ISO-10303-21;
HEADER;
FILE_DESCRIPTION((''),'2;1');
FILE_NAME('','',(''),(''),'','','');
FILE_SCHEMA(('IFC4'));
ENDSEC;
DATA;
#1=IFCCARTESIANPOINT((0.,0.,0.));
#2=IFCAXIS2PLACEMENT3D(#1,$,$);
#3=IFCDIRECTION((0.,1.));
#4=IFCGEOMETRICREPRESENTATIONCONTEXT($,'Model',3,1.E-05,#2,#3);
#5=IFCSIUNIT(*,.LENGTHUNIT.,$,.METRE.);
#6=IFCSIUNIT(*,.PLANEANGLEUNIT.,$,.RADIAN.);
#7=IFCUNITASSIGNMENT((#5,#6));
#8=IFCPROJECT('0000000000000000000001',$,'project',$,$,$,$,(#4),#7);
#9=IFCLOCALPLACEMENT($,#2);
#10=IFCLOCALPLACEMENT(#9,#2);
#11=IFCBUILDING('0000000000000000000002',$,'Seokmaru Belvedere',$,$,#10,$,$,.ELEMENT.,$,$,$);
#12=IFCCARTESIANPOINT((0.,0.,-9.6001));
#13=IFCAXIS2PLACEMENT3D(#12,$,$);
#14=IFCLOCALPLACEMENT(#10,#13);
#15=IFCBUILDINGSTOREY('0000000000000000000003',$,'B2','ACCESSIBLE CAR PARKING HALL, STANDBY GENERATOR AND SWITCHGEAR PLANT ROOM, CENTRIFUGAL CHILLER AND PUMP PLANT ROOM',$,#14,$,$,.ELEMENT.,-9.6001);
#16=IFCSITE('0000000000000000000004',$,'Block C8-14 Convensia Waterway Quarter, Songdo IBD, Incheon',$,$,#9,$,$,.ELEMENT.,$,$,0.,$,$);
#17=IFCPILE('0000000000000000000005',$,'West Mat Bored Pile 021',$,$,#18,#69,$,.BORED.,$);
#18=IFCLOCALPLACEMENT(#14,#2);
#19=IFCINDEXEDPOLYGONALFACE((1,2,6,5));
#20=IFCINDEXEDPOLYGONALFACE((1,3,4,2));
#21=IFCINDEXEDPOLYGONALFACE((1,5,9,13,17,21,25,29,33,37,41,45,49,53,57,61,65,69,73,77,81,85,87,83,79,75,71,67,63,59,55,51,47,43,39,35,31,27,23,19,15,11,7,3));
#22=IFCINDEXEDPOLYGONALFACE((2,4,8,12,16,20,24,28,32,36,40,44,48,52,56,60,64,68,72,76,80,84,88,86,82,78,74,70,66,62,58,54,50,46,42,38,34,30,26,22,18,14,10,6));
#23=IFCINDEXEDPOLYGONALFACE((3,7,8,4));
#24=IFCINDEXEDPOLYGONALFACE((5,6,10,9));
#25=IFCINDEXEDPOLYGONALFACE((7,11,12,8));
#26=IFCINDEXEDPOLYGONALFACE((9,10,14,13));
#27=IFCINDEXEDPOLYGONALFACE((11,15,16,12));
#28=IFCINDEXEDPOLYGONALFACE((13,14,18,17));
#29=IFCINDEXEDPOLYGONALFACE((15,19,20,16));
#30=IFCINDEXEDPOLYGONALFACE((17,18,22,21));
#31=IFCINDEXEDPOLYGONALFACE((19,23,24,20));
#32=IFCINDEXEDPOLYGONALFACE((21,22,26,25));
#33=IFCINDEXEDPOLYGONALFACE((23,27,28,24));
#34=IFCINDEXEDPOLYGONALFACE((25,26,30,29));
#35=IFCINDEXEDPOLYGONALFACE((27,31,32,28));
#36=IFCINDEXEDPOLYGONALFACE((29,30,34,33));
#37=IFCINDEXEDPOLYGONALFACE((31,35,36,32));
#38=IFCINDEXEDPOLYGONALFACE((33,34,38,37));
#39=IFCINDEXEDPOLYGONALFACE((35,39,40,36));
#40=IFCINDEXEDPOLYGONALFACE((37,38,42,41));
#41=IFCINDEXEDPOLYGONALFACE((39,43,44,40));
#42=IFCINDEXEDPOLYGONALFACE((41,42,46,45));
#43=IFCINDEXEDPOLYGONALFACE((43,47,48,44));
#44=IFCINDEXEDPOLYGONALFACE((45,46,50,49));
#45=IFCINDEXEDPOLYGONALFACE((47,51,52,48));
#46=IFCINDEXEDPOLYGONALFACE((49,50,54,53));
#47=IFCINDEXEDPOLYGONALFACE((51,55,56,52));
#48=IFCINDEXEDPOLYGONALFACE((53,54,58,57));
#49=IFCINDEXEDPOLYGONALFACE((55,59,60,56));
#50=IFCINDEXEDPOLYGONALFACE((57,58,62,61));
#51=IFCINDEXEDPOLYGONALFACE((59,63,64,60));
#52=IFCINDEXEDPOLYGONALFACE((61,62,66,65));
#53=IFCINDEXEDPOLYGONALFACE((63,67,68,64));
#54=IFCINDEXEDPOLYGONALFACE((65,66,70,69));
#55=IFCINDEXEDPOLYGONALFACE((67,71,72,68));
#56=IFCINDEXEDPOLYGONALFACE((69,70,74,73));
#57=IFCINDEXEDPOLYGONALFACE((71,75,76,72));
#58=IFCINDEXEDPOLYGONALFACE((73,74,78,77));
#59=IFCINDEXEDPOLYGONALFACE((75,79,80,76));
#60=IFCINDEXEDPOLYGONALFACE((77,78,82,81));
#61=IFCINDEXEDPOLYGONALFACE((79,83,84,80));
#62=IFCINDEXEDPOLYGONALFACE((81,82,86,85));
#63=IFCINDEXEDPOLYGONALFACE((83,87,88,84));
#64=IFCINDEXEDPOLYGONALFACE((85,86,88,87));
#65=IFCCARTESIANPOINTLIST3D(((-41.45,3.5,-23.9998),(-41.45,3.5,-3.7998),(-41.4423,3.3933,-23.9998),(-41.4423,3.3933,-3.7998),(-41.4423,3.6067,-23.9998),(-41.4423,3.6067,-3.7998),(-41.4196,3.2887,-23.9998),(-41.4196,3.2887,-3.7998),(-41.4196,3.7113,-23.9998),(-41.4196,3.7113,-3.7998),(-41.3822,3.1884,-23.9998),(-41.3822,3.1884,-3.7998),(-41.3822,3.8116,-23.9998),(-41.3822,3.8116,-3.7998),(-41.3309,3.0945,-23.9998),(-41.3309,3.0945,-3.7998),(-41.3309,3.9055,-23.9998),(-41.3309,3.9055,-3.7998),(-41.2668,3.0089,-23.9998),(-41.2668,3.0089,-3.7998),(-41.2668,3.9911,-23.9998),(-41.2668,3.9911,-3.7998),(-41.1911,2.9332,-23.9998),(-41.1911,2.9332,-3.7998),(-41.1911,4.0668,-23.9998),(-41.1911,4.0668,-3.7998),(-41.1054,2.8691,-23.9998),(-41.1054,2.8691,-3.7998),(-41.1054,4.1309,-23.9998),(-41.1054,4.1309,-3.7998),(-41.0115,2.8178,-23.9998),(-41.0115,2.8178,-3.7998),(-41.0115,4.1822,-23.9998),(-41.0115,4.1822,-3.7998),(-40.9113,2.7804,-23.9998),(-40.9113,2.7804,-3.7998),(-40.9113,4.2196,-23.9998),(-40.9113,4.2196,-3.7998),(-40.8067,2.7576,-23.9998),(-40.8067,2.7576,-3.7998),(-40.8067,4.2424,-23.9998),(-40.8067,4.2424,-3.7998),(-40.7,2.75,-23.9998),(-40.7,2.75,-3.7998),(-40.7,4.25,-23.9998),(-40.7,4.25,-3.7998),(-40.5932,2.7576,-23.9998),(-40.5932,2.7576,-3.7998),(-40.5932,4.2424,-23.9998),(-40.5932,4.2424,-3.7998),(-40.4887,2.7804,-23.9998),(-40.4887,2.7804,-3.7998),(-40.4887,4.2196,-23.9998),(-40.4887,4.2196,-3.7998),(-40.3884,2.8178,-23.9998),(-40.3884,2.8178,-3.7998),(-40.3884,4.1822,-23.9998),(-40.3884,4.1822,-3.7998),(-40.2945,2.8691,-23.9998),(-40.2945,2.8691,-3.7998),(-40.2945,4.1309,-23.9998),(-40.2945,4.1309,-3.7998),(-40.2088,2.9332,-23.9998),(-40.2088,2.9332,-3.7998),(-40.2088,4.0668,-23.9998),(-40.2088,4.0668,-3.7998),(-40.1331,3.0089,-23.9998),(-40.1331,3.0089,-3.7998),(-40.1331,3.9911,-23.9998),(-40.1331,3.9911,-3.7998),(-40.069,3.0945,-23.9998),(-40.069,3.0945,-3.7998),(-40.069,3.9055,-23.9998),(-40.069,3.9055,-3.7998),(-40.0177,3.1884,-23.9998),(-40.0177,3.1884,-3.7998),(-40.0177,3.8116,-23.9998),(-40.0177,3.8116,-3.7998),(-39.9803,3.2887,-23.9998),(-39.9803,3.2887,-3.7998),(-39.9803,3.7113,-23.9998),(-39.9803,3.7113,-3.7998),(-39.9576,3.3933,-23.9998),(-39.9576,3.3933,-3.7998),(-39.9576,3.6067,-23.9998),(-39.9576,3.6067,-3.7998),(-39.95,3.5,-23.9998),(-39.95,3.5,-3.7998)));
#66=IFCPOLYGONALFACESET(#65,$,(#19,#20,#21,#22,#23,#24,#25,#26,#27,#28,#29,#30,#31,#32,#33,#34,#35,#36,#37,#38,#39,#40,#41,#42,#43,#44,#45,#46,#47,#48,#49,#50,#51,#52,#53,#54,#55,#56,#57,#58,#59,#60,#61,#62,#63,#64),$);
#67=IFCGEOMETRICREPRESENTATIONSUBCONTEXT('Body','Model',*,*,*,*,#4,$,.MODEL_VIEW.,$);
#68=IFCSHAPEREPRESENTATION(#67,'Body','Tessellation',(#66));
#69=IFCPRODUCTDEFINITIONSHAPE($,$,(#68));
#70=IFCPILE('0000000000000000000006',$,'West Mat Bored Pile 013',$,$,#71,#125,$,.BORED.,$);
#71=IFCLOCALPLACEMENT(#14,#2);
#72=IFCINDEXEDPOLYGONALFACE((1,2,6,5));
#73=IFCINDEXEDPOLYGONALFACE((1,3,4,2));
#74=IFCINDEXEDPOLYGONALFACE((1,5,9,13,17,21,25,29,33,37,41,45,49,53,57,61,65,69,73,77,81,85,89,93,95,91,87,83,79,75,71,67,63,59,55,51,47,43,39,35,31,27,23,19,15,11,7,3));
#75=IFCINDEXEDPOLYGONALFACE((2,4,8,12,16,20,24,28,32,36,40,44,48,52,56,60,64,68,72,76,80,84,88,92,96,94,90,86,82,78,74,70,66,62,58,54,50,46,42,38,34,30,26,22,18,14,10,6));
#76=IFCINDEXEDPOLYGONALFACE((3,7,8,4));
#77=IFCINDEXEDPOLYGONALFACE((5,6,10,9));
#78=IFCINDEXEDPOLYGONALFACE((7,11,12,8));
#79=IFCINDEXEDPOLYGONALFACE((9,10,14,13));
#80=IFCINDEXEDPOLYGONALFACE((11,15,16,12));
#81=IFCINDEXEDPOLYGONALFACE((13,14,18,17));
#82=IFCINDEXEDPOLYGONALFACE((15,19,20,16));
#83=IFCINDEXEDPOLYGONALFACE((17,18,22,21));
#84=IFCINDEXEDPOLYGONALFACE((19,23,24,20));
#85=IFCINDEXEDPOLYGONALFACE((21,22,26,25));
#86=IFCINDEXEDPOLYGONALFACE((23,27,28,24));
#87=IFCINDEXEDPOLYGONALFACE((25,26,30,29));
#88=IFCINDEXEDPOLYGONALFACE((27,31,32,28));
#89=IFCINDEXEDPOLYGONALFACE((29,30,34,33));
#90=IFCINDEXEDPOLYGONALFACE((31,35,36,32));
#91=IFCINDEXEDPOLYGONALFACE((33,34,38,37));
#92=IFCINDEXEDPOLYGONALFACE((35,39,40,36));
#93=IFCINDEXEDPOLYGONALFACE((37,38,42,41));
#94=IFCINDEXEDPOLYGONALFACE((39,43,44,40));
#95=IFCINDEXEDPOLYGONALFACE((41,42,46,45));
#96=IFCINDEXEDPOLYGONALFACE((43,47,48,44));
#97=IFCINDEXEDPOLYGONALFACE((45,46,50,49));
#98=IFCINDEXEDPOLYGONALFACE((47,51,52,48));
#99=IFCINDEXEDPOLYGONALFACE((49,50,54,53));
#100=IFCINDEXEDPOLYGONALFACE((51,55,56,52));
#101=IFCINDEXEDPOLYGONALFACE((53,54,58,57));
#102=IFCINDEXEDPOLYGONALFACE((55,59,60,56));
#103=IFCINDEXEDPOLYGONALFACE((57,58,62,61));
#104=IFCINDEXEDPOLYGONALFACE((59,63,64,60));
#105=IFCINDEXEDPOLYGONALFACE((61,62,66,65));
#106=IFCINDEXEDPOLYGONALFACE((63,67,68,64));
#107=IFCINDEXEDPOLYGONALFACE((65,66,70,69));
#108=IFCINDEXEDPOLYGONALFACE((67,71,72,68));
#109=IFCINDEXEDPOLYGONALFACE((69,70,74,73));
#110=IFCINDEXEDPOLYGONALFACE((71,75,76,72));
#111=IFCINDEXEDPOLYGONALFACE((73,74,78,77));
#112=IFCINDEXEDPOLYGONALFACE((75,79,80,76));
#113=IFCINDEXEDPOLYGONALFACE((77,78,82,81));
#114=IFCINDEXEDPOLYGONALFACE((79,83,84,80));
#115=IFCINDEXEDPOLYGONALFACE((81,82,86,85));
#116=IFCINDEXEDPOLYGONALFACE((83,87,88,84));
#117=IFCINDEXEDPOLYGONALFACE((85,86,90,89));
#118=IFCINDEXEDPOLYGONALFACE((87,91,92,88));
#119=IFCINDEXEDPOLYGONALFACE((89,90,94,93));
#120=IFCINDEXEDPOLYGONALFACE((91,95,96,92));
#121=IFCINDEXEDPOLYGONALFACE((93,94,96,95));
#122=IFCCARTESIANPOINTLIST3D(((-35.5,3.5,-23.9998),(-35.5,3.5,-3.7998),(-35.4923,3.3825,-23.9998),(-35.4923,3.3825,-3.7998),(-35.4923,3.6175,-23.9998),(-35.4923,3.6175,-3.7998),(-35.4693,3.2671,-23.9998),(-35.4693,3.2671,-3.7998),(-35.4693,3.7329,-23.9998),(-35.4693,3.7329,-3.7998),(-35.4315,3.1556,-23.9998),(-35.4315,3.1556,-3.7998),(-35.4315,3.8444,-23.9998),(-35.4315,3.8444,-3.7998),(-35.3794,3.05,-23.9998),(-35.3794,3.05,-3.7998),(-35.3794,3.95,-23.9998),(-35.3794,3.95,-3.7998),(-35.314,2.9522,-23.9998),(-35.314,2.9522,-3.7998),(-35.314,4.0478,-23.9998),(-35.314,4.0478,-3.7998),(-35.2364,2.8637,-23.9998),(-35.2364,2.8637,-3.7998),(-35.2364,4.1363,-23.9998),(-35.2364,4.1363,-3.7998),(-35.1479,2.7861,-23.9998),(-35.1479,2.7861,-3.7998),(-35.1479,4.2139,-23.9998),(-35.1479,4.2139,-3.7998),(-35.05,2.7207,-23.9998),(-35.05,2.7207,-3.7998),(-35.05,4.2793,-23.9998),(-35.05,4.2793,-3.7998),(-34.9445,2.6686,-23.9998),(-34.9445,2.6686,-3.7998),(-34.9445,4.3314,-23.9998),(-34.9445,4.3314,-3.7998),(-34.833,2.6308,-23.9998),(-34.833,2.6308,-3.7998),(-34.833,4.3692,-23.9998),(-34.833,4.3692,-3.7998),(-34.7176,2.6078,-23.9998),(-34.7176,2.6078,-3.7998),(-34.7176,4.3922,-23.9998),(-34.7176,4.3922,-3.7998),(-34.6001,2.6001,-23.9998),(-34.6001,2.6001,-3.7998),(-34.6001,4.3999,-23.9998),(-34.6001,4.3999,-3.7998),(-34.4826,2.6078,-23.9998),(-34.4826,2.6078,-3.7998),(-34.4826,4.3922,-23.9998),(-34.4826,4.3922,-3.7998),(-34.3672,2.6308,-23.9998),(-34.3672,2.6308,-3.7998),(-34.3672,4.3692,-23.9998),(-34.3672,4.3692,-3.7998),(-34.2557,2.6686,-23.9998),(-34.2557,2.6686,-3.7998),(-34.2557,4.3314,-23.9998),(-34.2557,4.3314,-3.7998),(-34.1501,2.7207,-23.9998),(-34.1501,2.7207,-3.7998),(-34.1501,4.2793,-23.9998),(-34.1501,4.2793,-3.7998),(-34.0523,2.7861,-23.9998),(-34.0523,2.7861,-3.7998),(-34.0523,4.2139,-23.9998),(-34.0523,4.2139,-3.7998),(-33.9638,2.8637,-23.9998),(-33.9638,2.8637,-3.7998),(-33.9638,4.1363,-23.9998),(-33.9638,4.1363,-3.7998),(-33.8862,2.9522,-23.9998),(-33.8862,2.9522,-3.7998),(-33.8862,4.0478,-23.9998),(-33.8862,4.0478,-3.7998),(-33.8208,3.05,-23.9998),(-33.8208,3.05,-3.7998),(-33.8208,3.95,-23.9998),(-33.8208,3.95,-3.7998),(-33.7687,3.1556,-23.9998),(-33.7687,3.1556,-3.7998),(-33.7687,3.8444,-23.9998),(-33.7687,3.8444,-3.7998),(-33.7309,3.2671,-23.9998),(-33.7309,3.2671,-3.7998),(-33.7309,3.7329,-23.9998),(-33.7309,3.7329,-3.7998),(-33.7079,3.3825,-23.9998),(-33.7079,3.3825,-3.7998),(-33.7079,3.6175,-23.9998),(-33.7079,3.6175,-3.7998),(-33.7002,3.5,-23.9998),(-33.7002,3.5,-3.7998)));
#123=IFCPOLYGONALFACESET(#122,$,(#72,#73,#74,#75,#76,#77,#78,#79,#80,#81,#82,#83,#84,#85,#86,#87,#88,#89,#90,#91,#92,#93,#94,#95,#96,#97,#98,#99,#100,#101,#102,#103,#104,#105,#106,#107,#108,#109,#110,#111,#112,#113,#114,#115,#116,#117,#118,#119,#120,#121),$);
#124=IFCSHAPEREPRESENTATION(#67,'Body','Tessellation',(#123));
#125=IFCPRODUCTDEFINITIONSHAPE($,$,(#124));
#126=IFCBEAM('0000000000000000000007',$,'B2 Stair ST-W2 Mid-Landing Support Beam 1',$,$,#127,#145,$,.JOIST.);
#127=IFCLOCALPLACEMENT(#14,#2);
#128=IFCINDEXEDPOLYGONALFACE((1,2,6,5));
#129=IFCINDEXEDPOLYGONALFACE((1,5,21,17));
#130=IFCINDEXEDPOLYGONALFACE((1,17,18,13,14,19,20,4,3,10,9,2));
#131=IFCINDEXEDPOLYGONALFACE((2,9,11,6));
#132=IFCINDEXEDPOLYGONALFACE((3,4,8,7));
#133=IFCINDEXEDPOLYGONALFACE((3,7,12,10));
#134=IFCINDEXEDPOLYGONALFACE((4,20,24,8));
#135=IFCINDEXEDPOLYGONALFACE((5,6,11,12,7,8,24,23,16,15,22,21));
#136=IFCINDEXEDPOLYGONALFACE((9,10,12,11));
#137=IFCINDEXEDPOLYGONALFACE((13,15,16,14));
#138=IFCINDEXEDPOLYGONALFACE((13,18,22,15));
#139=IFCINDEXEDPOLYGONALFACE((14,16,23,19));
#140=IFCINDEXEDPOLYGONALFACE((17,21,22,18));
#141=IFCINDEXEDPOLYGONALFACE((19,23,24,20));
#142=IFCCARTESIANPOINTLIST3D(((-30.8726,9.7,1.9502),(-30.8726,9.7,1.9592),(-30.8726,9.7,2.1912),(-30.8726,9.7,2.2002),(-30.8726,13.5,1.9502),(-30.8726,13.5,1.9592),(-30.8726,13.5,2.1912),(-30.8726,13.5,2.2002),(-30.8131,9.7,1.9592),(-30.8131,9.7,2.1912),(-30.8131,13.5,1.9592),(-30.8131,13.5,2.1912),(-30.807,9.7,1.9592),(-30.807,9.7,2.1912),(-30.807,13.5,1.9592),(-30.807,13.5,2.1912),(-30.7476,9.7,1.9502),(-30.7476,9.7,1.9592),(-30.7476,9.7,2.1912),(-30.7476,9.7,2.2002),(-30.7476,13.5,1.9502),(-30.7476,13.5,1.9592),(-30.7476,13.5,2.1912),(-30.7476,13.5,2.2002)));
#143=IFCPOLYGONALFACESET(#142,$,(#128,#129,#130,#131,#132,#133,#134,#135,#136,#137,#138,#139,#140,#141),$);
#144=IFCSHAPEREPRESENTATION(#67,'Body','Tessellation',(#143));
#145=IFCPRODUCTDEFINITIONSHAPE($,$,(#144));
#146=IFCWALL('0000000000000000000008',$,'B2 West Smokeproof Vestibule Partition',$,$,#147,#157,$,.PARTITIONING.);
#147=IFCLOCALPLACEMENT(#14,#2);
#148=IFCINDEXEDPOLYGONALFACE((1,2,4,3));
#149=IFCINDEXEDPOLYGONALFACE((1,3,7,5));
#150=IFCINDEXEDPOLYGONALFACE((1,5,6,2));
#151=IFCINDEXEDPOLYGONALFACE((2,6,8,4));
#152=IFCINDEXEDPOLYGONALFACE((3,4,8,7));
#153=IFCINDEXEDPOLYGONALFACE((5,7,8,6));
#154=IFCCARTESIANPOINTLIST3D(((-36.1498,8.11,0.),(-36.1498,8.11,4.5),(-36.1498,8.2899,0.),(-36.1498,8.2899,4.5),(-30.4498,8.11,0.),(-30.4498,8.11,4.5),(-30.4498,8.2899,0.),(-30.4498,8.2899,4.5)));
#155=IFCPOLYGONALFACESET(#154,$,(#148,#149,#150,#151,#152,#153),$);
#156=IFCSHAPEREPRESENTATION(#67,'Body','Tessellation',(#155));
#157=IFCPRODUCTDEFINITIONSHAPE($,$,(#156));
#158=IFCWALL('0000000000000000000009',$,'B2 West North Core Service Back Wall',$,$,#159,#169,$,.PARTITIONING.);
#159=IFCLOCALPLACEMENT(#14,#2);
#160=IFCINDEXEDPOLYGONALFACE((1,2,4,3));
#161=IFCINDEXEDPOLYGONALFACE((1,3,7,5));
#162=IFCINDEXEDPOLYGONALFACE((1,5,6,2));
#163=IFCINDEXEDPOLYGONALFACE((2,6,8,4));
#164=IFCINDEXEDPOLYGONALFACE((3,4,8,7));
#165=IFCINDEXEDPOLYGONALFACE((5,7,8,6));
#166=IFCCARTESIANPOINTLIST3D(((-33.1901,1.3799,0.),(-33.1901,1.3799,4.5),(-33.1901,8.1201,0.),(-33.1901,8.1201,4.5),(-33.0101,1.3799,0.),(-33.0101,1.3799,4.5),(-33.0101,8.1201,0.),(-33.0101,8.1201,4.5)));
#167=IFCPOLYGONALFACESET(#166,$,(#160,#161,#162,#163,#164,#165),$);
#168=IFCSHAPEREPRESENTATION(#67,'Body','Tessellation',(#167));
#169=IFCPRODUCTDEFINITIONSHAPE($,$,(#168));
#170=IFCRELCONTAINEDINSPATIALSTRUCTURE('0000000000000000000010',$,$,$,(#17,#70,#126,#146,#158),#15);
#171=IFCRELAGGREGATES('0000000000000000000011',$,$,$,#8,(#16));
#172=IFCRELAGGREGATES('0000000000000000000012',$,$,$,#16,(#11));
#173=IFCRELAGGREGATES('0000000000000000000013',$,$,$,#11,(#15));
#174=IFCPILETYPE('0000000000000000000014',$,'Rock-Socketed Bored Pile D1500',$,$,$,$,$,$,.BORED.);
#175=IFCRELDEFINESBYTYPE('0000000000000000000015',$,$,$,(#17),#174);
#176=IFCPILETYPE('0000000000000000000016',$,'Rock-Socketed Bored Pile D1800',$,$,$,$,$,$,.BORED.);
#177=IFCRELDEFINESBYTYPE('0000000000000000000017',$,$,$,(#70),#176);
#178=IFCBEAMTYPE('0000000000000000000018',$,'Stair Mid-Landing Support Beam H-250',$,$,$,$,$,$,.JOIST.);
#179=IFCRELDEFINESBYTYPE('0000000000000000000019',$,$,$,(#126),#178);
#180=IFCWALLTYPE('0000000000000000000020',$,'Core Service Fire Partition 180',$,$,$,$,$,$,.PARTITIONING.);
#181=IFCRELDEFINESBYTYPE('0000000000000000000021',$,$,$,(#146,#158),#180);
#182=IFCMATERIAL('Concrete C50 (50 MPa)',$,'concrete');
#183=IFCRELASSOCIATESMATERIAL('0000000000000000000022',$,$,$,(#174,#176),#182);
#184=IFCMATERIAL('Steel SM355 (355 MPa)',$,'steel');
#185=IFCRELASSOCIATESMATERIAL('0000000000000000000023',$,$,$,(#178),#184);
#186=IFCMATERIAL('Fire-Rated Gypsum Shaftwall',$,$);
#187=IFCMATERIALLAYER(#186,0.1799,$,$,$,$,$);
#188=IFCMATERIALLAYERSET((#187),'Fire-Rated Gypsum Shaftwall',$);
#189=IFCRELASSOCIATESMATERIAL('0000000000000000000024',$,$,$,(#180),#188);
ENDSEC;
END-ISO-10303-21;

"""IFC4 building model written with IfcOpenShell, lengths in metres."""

from ifc_helpers import new_model, si_unit, direction, frame, frame_2d, origin, origin_2d, place, context, subcontext, project, spatial, rectangle, circle, i_section, extrude, source, transform, mapped, material, layer, layer_set, material_profile, profile_set, type_object, type_shapes, element, save


model = new_model("IFC4")

# Units and contexts
model_context = context("Model", 3, precision=1e-05, world=origin(), true_north=direction((0.0, 1.0)))
body_context = subcontext(model_context, "Body", "Model", "MODEL_VIEW")
ifc_project = project(units=[si_unit("LENGTHUNIT", "METRE"), si_unit("PLANEANGLEUNIT", "RADIAN")], contexts=[model_context])

# Site, building, storey
site_placement = place(None, origin())
site = spatial("IfcSite", under=ifc_project, at=site_placement, Name="Block C8-14 Convensia Waterway Quarter, Songdo IBD, Incheon", CompositionType="ELEMENT", RefElevation=0.0)
building_placement = place(site_placement, origin())
building = spatial("IfcBuilding", under=site, at=building_placement, Name="Seokmaru Belvedere", CompositionType="ELEMENT")
storey_placement = place(building_placement, frame((0.0, 0.0, -9.6001)))
storey = spatial("IfcBuildingStorey", under=building, at=storey_placement, Name="B2", Description="ACCESSIBLE CAR PARKING HALL, STANDBY GENERATOR AND SWITCHGEAR PLANT ROOM, CENTRIFUGAL CHILLER AND PUMP PLANT ROOM", CompositionType="ELEMENT", Elevation=-9.6001)

# Piles
ifc_material_1 = material(Name="Concrete C50 (50 MPa)", Category="concrete")
ifc_material_profile_1 = material_profile(ifc_material_1, circle(Radius=0.75, at=origin_2d()), Name="PILE-D1500")
ifc_profile_set_1 = profile_set([ifc_material_profile_1], Name="Concrete C50 (50 MPa)")
pile_type_1 = type_object("IfcPileType", Name="Rock-Socketed Bored Pile D1500", PredefinedType="BORED", material=ifc_profile_set_1)
shared_shape_1 = source(origin(), body_context, "Body", "SweptSolid", [
    extrude(circle(Radius=0.75, at=origin_2d()), origin(), (0.0, 0.0, 1.0), 20.2),
])
type_shapes(pile_type_1, [shared_shape_1])
pile_1_placement = place(storey_placement, frame((-40.7, 3.5, -3.7998), z_axis=(0.0, 0.0, -1.0), x_axis=(1.0, 0.0, 0.0)))
element("IfcPile", 1, at=pile_1_placement, inside=storey, type_object=pile_type_1, Name="West Mat Bored Pile 021", PredefinedType="BORED", context=body_context, shape_type="MappedRepresentation", body=[
    mapped(shared_shape_1, transform((0.0, 0.0, 0.0), scale=1.0)),
])
ifc_material_profile_2 = material_profile(ifc_material_1, circle(Radius=0.8999, at=origin_2d()), Name="PILE-D1800")
ifc_profile_set_2 = profile_set([ifc_material_profile_2], Name="Concrete C50 (50 MPa)")
pile_type_2 = type_object("IfcPileType", Name="Rock-Socketed Bored Pile D1800", PredefinedType="BORED", material=ifc_profile_set_2)
shared_shape_2 = source(origin(), body_context, "Body", "SweptSolid", [
    extrude(circle(Radius=0.8999, at=origin_2d()), origin(), (0.0, 0.0, 1.0), 20.2),
])
type_shapes(pile_type_2, [shared_shape_2])
pile_2_placement = place(storey_placement, frame((-34.6001, 3.5, -3.7998), z_axis=(0.0, 0.0, -1.0), x_axis=(1.0, 0.0, 0.0)))
element("IfcPile", 2, at=pile_2_placement, inside=storey, type_object=pile_type_2, Name="West Mat Bored Pile 013", PredefinedType="BORED", context=body_context, shape_type="MappedRepresentation", body=[
    mapped(shared_shape_2, transform((0.0, 0.0, 0.0), scale=1.0)),
])

# Beam
ifc_material_2 = material(Name="Steel SM355 (355 MPa)", Category="steel")
ifc_material_profile_3 = material_profile(ifc_material_2, i_section(OverallWidth=0.125, OverallDepth=0.25, WebThickness=0.0061, FlangeThickness=0.009, at=origin_2d()), Name="H-250x125x6x9")
ifc_profile_set_3 = profile_set([ifc_material_profile_3], Name="Steel SM355 (355 MPa)")
beam_type = type_object("IfcBeamType", Name="Stair Mid-Landing Support Beam H-250", PredefinedType="JOIST", material=ifc_profile_set_3)
shared_shape_3 = source(origin(), body_context, "Body", "SweptSolid", [
    extrude(i_section(OverallWidth=0.125, OverallDepth=0.25, WebThickness=0.0061, FlangeThickness=0.009, at=origin_2d()), origin(), (0.0, 0.0, 1.0), 3.8),
])
type_shapes(beam_type, [shared_shape_3])
beam_placement = place(storey_placement, frame((-30.8101, 9.7, 2.0752), z_axis=(0.0, 1.0, 0.0), x_axis=(-1.0, 0.0, 0.0)))
element("IfcBeam", 3, at=beam_placement, inside=storey, type_object=beam_type, Name="B2 Stair ST-W2 Mid-Landing Support Beam 1", PredefinedType="JOIST", context=body_context, shape_type="MappedRepresentation", body=[
    mapped(shared_shape_3, transform((0.0, 0.0, 0.0), scale=1.0)),
])

# Walls
ifc_material_3 = material(Name="Fire-Rated Gypsum Shaftwall")
ifc_layer_1 = layer(ifc_material_3, 0.1799)
ifc_layer_set_1 = layer_set([ifc_layer_1], Name="Fire-Rated Gypsum Shaftwall")
wall_type_1 = type_object("IfcWallType", Name="Core Service Fire Partition 180", PredefinedType="PARTITIONING", material=ifc_layer_set_1)
wall_1_placement = place(storey_placement, frame((-36.1499, 8.2, 0.0), z_axis=(0.0, 0.0, 1.0), x_axis=(1.0, 0.0, 0.0)))
element("IfcWall", 4, at=wall_1_placement, inside=storey, type_object=wall_type_1, Name="B2 West Smokeproof Vestibule Partition", PredefinedType="PARTITIONING", context=body_context, shape_type="SweptSolid", body=[
    extrude(rectangle(XDim=5.7, YDim=0.1799, at=frame_2d((2.8501, 0.0))), origin(), (0.0, 0.0, 1.0), 4.5),
])
wall_2_placement = place(storey_placement, frame((-33.1001, 1.3799, 0.0), z_axis=(0.0, 0.0, 1.0), x_axis=(0.0, 1.0, 0.0)))
element("IfcWall", 5, at=wall_2_placement, inside=storey, type_object=wall_type_1, Name="B2 West North Core Service Back Wall", PredefinedType="PARTITIONING", context=body_context, shape_type="SweptSolid", body=[
    extrude(rectangle(XDim=6.7402, YDim=0.1799, at=frame_2d((3.3701, 0.0))), origin(), (0.0, 0.0, 1.0), 4.5),
])

save(model, "model.ifc")
